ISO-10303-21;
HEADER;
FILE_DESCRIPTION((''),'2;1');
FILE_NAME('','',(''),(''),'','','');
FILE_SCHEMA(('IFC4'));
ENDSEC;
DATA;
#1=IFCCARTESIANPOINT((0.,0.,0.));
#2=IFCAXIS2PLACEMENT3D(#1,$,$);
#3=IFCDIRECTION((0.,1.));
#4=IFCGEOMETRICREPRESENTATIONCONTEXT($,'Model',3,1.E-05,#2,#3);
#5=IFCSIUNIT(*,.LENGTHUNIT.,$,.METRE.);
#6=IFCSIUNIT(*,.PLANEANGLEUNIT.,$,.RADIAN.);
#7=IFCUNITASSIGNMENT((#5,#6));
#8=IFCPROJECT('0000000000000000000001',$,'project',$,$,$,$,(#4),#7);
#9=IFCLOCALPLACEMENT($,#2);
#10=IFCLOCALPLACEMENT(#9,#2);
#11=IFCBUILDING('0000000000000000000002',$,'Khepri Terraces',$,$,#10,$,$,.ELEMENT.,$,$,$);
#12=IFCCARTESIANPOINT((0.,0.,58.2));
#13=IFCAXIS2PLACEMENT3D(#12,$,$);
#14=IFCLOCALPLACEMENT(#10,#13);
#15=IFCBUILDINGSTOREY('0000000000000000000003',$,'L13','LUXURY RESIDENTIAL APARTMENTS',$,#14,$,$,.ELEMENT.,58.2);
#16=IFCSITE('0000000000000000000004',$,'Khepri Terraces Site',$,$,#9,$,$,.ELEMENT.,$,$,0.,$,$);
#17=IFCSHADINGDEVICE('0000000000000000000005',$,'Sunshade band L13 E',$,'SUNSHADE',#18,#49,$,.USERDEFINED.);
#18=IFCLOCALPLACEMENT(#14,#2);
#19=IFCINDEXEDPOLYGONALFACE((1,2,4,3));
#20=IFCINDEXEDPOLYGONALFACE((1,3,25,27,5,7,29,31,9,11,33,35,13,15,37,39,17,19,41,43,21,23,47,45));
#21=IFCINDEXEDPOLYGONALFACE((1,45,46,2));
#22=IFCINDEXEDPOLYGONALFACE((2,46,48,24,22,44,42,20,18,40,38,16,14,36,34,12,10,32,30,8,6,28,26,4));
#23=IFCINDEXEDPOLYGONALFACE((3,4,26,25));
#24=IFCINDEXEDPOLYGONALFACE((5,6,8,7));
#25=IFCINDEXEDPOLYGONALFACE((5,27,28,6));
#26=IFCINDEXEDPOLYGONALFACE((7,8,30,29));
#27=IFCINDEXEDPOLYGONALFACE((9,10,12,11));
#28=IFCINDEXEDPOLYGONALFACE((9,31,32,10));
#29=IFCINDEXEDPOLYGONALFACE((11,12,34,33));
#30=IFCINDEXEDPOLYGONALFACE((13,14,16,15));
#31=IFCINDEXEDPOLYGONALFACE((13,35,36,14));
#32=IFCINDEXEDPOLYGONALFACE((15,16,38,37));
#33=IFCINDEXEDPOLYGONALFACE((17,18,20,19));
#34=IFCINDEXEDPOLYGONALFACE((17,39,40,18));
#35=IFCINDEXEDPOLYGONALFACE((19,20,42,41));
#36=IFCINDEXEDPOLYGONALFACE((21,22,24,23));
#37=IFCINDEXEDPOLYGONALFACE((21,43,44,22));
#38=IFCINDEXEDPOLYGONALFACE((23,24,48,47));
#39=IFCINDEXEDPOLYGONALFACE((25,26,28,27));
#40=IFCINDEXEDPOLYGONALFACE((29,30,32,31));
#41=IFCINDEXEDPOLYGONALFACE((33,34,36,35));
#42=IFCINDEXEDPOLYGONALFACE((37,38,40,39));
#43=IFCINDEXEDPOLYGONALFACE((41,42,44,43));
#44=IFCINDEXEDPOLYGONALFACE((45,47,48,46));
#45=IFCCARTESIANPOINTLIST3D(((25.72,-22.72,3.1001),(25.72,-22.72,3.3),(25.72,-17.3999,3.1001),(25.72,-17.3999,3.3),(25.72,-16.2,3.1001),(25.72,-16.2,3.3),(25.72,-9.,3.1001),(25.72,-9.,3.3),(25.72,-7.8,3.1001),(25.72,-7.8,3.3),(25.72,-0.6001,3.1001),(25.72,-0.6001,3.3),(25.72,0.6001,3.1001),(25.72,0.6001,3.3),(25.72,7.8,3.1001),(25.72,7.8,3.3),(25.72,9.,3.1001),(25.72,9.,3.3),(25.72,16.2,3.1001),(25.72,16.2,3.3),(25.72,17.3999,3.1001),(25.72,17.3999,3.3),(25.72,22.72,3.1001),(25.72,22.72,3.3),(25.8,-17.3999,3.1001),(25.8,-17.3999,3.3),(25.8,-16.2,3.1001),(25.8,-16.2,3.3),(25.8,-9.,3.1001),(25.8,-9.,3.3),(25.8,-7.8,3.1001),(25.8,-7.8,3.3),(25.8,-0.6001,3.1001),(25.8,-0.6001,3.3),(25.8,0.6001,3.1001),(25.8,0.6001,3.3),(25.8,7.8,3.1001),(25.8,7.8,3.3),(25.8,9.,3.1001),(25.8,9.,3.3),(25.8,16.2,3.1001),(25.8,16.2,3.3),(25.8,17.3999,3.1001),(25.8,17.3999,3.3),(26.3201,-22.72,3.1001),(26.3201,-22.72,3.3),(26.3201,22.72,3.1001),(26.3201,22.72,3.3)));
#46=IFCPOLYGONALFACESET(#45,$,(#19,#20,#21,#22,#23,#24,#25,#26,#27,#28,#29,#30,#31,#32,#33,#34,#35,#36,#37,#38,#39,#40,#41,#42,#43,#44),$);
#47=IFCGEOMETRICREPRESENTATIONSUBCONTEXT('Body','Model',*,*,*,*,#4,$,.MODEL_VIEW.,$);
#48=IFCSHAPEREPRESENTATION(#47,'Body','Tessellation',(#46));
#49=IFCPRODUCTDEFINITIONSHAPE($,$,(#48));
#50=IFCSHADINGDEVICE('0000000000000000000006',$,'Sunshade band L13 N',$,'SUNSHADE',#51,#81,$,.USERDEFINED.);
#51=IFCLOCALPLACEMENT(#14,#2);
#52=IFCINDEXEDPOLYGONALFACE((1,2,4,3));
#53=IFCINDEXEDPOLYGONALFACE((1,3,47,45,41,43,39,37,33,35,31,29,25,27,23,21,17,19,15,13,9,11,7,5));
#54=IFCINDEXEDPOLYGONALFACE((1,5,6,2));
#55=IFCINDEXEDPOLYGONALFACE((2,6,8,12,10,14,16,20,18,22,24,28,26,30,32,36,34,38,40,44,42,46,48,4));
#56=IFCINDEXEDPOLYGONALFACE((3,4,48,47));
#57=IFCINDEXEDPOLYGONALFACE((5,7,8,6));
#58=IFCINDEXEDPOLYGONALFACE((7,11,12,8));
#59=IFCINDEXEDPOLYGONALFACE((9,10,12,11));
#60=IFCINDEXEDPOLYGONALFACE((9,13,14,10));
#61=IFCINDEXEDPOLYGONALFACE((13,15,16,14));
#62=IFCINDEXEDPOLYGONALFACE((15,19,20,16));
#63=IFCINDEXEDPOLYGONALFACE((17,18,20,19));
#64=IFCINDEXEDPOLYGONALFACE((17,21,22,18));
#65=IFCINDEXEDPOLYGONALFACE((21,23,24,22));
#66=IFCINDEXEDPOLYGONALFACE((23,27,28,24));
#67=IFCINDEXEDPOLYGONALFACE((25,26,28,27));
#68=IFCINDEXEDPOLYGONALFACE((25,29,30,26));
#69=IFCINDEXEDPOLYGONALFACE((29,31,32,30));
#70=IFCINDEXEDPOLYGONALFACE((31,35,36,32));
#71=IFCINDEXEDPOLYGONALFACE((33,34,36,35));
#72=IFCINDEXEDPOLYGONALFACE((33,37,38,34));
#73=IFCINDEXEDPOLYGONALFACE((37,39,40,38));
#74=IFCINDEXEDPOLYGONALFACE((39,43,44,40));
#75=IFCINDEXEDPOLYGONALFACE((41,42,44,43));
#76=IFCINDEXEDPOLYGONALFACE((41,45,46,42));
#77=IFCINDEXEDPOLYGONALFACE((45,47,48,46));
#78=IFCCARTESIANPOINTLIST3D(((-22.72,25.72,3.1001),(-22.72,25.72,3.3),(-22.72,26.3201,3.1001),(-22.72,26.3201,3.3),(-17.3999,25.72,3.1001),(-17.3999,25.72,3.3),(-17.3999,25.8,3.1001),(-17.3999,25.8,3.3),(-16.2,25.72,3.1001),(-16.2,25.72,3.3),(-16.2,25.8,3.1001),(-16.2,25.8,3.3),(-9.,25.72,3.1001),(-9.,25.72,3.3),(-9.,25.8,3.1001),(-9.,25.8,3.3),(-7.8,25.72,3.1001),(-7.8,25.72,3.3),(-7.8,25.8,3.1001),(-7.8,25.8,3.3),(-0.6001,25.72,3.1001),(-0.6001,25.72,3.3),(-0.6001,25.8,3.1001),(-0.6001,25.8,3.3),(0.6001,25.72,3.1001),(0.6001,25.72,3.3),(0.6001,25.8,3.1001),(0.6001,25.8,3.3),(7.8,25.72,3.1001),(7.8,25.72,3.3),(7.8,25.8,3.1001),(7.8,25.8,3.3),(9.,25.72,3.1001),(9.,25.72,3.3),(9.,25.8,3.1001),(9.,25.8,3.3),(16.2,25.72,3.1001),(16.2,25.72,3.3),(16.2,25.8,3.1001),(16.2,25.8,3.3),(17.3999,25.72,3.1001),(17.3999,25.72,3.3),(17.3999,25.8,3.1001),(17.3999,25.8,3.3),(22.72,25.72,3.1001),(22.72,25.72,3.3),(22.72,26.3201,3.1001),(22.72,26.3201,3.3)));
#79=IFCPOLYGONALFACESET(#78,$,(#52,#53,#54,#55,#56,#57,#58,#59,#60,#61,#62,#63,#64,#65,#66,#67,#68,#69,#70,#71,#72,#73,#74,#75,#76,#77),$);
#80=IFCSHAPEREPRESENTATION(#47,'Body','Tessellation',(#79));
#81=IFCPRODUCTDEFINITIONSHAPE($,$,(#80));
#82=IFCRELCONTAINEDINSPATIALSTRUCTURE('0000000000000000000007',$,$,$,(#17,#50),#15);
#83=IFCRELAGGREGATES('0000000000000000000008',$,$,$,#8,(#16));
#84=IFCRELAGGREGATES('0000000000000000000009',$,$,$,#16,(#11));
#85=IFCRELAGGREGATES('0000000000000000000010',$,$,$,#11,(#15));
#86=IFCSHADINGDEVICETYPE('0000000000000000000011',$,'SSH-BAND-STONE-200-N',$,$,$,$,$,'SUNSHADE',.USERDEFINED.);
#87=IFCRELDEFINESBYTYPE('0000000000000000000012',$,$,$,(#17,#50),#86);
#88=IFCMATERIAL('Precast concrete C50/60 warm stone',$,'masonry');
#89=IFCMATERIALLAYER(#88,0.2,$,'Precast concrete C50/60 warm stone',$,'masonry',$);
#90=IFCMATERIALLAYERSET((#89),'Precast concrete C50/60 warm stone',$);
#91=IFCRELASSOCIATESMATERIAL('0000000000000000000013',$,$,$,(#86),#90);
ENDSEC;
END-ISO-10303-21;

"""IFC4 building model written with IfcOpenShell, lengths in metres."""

from ifc_helpers import new_model, si_unit, direction, frame, origin, place, context, subcontext, project, spatial, polyline, outline, extrude, material, layer, layer_set, type_object, element, save


model = new_model("IFC4")

# Units and contexts
model_context = context("Model", 3, precision=1e-05, world=origin(), true_north=direction((0.0, 1.0)))
body_context = subcontext(model_context, "Body", "Model", "MODEL_VIEW")
ifc_project = project(units=[si_unit("LENGTHUNIT", "METRE"), si_unit("PLANEANGLEUNIT", "RADIAN")], contexts=[model_context])

# Site, building, storey
site_placement = place(None, origin())
site = spatial("IfcSite", under=ifc_project, at=site_placement, Name="Khepri Terraces Site", CompositionType="ELEMENT", RefElevation=0.0)
building_placement = place(site_placement, origin())
building = spatial("IfcBuilding", under=site, at=building_placement, Name="Khepri Terraces", CompositionType="ELEMENT")
storey_placement = place(building_placement, frame((0.0, 0.0, 58.2)))
storey = spatial("IfcBuildingStorey", under=building, at=storey_placement, Name="L13", Description="LUXURY RESIDENTIAL APARTMENTS", CompositionType="ELEMENT", Elevation=58.2)

# Shading devices
ifc_material_1 = material(Name="Precast concrete C50/60 warm stone", Category="masonry")
ifc_layer_1 = layer(ifc_material_1, 0.2, Name="Precast concrete C50/60 warm stone", Category="masonry")
ifc_layer_set_1 = layer_set([ifc_layer_1], Name="Precast concrete C50/60 warm stone")
shading_device_type_1 = type_object("IfcShadingDeviceType", Name="SSH-BAND-STONE-200-N", ElementType="SUNSHADE", PredefinedType="USERDEFINED", material=ifc_layer_set_1)
shading_device_1_placement = place(storey_placement, frame((0.0, 0.0, 3.1001)))
element("IfcShadingDevice", 1, at=shading_device_1_placement, inside=storey, type_object=shading_device_type_1, Name="Sunshade band L13 E", ObjectType="SUNSHADE", PredefinedType="USERDEFINED", context=body_context, shape_type="SweptSolid", body=[
    extrude(outline(polyline([(25.72, -17.3999), (25.72, -22.72), (26.3201, -22.72), (26.3201, 22.72), (25.72, 22.72), (25.72, 17.3999), (25.8, 17.3999), (25.8, 16.2), (25.72, 16.2), (25.72, 9.0), (25.8, 9.0), (25.8, 7.8), (25.72, 7.8), (25.72, 0.6001), (25.8, 0.6001), (25.8, -0.6001), (25.72, -0.6001), (25.72, -7.8), (25.8, -7.8), (25.8, -9.0), (25.72, -9.0), (25.72, -16.2), (25.8, -16.2), (25.8, -17.3999), (25.72, -17.3999)])), origin(), (0.0, 0.0, 1.0), 0.2),
])
shading_device_2_placement = place(storey_placement, frame((0.0, 0.0, 3.1001)))
element("IfcShadingDevice", 2, at=shading_device_2_placement, inside=storey, type_object=shading_device_type_1, Name="Sunshade band L13 N", ObjectType="SUNSHADE", PredefinedType="USERDEFINED", context=body_context, shape_type="SweptSolid", body=[
    extrude(outline(polyline([(17.3999, 25.72), (22.72, 25.72), (22.72, 26.3201), (-22.72, 26.3201), (-22.72, 25.72), (-17.3999, 25.72), (-17.3999, 25.8), (-16.2, 25.8), (-16.2, 25.72), (-9.0, 25.72), (-9.0, 25.8), (-7.8, 25.8), (-7.8, 25.72), (-0.6001, 25.72), (-0.6001, 25.8), (0.6001, 25.8), (0.6001, 25.72), (7.8, 25.72), (7.8, 25.8), (9.0, 25.8), (9.0, 25.72), (16.2, 25.72), (16.2, 25.8), (17.3999, 25.8), (17.3999, 25.72)])), origin(), (0.0, 0.0, 1.0), 0.2),
])

save(model, "model.ifc")
